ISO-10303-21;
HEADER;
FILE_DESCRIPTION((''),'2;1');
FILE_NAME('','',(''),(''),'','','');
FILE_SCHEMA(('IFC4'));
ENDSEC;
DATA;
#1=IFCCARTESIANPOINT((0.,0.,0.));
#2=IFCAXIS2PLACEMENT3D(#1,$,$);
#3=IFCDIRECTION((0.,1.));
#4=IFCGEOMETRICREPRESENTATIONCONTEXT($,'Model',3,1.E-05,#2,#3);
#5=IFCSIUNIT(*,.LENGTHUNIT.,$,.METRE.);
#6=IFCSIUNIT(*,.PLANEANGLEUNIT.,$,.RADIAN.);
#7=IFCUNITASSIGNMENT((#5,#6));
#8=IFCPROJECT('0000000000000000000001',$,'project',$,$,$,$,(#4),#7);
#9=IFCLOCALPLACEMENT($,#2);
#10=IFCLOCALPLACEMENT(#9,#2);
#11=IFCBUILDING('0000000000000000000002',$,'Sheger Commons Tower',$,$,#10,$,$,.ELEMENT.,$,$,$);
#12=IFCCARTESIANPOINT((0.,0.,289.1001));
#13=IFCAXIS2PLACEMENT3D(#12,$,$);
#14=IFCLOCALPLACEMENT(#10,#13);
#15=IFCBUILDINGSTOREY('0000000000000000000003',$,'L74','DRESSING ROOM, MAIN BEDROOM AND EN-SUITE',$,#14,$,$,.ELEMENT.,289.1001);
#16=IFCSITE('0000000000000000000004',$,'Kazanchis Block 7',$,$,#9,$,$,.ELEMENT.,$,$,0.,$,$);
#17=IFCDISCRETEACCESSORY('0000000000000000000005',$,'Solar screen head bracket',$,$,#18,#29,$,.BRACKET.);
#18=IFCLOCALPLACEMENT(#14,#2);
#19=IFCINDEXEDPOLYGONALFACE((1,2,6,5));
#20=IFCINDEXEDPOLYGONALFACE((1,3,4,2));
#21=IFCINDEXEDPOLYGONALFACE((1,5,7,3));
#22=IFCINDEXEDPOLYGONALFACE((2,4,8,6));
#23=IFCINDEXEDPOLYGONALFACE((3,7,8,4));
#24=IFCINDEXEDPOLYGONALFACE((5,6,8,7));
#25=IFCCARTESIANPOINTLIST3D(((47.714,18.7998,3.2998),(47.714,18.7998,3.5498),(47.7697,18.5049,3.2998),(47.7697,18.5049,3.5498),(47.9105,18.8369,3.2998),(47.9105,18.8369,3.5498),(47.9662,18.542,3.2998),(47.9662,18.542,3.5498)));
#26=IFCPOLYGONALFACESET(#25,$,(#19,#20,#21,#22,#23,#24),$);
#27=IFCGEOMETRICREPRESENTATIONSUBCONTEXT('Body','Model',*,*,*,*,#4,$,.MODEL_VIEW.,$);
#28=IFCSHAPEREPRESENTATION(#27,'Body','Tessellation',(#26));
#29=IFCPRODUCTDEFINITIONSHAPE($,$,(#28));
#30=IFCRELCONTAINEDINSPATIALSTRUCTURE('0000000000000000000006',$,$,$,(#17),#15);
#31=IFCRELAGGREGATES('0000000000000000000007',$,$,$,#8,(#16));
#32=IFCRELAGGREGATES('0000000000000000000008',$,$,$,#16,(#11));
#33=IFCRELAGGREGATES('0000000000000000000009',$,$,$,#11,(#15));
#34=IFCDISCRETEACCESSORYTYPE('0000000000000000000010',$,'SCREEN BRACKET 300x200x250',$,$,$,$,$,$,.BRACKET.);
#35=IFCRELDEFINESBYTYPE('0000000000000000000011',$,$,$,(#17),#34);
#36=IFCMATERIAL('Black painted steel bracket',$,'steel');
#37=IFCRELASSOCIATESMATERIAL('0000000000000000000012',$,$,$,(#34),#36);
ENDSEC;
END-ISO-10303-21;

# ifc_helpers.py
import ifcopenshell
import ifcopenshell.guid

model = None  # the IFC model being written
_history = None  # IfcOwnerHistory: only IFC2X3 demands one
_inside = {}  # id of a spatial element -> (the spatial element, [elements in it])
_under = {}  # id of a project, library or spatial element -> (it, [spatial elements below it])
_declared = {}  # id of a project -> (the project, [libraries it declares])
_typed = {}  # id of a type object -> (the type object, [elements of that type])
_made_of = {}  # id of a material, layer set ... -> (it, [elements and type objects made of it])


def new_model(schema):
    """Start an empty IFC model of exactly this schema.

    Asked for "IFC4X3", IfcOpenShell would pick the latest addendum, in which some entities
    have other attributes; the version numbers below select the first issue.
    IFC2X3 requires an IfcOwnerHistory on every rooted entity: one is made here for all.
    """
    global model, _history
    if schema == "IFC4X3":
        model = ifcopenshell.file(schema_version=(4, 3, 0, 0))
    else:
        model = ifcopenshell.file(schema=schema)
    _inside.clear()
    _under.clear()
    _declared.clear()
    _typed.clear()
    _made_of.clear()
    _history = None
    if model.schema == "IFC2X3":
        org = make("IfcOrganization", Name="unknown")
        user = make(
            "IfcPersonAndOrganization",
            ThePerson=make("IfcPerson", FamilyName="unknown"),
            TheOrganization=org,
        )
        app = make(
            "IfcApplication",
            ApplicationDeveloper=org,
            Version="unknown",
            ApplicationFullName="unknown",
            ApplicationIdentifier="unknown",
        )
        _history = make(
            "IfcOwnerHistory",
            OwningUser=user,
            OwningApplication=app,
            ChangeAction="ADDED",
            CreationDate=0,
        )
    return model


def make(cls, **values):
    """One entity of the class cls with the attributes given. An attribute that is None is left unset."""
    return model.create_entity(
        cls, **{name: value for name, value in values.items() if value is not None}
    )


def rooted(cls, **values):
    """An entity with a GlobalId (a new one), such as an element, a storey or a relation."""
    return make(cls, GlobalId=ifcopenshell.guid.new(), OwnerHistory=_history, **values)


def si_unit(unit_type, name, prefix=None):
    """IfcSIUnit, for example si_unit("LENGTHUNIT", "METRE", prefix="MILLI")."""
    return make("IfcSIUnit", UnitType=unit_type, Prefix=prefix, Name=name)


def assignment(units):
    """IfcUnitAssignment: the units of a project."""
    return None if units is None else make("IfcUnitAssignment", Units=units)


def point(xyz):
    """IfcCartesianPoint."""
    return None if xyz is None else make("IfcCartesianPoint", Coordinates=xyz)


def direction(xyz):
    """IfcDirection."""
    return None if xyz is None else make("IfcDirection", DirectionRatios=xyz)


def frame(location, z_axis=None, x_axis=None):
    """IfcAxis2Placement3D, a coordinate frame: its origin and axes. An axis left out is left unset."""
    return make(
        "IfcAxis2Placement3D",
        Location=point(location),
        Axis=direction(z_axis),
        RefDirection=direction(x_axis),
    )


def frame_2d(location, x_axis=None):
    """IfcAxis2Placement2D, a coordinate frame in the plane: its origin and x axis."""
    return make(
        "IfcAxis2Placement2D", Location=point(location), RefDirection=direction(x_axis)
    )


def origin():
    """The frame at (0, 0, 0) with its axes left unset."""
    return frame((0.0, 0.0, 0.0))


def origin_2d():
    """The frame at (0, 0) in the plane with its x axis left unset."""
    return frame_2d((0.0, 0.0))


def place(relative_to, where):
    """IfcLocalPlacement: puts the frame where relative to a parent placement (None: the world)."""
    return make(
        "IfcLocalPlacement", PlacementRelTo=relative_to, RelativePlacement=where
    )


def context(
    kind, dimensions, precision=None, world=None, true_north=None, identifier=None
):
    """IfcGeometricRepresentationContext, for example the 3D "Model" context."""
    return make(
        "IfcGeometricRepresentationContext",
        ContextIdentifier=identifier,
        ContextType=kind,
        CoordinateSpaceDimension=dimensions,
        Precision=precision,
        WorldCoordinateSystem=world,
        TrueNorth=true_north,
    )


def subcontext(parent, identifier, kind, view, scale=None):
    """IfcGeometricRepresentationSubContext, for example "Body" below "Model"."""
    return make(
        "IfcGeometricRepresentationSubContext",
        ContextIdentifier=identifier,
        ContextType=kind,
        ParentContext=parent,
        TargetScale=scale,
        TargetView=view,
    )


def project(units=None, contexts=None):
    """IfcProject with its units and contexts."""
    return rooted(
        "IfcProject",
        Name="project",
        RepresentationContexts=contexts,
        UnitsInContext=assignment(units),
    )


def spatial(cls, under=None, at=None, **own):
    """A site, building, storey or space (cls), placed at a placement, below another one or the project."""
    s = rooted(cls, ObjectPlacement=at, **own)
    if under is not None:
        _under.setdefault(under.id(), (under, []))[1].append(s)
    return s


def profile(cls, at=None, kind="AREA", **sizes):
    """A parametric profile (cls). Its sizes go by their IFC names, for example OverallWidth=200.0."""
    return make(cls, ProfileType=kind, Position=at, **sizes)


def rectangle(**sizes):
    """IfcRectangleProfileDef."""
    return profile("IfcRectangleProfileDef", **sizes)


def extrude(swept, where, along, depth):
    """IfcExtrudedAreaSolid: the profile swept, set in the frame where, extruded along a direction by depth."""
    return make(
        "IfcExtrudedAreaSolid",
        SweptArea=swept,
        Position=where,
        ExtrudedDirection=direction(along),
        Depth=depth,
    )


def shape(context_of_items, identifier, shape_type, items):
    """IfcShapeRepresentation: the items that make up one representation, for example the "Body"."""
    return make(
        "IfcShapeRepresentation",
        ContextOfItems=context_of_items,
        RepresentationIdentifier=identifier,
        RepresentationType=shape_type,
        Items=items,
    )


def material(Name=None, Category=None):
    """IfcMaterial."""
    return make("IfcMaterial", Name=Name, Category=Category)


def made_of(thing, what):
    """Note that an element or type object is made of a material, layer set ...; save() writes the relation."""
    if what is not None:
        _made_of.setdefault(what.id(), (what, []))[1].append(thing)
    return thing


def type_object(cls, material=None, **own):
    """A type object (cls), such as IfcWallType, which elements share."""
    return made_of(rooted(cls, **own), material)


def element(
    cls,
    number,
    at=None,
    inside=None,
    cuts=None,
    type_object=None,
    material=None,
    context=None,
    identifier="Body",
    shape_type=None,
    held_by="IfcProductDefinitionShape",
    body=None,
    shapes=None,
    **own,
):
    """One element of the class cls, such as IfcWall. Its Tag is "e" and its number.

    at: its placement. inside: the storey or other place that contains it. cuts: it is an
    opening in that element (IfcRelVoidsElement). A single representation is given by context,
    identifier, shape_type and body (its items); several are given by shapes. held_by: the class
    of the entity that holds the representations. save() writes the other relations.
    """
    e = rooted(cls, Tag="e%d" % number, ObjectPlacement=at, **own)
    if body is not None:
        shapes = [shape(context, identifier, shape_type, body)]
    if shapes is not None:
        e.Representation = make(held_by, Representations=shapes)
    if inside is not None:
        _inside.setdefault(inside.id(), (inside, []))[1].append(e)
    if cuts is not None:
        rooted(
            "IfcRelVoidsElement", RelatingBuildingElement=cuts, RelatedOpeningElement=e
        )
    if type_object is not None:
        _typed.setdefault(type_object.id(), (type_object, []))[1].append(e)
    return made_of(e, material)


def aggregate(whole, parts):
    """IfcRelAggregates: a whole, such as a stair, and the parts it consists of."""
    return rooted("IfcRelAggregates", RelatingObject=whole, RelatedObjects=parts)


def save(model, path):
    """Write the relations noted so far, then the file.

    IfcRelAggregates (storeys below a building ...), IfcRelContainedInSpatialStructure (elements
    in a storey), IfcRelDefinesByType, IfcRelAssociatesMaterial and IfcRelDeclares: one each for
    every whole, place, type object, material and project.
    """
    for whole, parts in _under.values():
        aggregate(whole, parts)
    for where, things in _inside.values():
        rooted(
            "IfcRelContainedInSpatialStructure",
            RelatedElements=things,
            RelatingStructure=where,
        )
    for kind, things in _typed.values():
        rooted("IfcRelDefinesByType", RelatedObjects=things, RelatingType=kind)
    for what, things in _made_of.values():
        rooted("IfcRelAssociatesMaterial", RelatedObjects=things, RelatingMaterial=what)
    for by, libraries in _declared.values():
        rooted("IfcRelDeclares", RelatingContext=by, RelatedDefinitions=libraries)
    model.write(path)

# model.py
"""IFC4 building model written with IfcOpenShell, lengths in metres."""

from ifc_helpers import new_model, si_unit, direction, frame, origin, origin_2d, place, context, subcontext, project, spatial, rectangle, extrude, material, type_object, element, save


model = new_model("IFC4")

# Units and contexts
model_context = context("Model", 3, precision=1e-05, world=origin(), true_north=direction((0.0, 1.0)))
body_context = subcontext(model_context, "Body", "Model", "MODEL_VIEW")
ifc_project = project(units=[si_unit("LENGTHUNIT", "METRE"), si_unit("PLANEANGLEUNIT", "RADIAN")], contexts=[model_context])

# Site, building, storey
site_placement = place(None, origin())
site = spatial("IfcSite", under=ifc_project, at=site_placement, Name="Kazanchis Block 7", CompositionType="ELEMENT", RefElevation=0.0)
building_placement = place(site_placement, origin())
building = spatial("IfcBuilding", under=site, at=building_placement, Name="Sheger Commons Tower", CompositionType="ELEMENT")
storey_placement = place(building_placement, frame((0.0, 0.0, 289.1001)))
storey = spatial("IfcBuildingStorey", under=building, at=storey_placement, Name="L74", Description="DRESSING ROOM, MAIN BEDROOM AND EN-SUITE", CompositionType="ELEMENT", Elevation=289.1001)

# Discrete accessory
ifc_material_1 = material(Name="Black painted steel bracket", Category="steel")
discrete_accessory_type = type_object("IfcDiscreteAccessoryType", Name="SCREEN BRACKET 300x200x250", PredefinedType="BRACKET", material=ifc_material_1)
for number, where, z_axis, x_axis, name in (
    (1, (47.8401, 18.6709, 3.2998), (0.0, 0.0, 1.0), (-0.185615, 0.982623, 0.0), "Solar screen head bracket"),
):
    element("IfcDiscreteAccessory", number, at=place(storey_placement, frame(where, z_axis=z_axis, x_axis=x_axis)), inside=storey, type_object=discrete_accessory_type, Name=name, PredefinedType="BRACKET", context=body_context, shape_type="SweptSolid", body=[
        extrude(rectangle(XDim=0.3, YDim=0.2, at=origin_2d()), origin(), (0.0, 0.0, 1.0), 0.25),
    ])

save(model, "model.ifc")
